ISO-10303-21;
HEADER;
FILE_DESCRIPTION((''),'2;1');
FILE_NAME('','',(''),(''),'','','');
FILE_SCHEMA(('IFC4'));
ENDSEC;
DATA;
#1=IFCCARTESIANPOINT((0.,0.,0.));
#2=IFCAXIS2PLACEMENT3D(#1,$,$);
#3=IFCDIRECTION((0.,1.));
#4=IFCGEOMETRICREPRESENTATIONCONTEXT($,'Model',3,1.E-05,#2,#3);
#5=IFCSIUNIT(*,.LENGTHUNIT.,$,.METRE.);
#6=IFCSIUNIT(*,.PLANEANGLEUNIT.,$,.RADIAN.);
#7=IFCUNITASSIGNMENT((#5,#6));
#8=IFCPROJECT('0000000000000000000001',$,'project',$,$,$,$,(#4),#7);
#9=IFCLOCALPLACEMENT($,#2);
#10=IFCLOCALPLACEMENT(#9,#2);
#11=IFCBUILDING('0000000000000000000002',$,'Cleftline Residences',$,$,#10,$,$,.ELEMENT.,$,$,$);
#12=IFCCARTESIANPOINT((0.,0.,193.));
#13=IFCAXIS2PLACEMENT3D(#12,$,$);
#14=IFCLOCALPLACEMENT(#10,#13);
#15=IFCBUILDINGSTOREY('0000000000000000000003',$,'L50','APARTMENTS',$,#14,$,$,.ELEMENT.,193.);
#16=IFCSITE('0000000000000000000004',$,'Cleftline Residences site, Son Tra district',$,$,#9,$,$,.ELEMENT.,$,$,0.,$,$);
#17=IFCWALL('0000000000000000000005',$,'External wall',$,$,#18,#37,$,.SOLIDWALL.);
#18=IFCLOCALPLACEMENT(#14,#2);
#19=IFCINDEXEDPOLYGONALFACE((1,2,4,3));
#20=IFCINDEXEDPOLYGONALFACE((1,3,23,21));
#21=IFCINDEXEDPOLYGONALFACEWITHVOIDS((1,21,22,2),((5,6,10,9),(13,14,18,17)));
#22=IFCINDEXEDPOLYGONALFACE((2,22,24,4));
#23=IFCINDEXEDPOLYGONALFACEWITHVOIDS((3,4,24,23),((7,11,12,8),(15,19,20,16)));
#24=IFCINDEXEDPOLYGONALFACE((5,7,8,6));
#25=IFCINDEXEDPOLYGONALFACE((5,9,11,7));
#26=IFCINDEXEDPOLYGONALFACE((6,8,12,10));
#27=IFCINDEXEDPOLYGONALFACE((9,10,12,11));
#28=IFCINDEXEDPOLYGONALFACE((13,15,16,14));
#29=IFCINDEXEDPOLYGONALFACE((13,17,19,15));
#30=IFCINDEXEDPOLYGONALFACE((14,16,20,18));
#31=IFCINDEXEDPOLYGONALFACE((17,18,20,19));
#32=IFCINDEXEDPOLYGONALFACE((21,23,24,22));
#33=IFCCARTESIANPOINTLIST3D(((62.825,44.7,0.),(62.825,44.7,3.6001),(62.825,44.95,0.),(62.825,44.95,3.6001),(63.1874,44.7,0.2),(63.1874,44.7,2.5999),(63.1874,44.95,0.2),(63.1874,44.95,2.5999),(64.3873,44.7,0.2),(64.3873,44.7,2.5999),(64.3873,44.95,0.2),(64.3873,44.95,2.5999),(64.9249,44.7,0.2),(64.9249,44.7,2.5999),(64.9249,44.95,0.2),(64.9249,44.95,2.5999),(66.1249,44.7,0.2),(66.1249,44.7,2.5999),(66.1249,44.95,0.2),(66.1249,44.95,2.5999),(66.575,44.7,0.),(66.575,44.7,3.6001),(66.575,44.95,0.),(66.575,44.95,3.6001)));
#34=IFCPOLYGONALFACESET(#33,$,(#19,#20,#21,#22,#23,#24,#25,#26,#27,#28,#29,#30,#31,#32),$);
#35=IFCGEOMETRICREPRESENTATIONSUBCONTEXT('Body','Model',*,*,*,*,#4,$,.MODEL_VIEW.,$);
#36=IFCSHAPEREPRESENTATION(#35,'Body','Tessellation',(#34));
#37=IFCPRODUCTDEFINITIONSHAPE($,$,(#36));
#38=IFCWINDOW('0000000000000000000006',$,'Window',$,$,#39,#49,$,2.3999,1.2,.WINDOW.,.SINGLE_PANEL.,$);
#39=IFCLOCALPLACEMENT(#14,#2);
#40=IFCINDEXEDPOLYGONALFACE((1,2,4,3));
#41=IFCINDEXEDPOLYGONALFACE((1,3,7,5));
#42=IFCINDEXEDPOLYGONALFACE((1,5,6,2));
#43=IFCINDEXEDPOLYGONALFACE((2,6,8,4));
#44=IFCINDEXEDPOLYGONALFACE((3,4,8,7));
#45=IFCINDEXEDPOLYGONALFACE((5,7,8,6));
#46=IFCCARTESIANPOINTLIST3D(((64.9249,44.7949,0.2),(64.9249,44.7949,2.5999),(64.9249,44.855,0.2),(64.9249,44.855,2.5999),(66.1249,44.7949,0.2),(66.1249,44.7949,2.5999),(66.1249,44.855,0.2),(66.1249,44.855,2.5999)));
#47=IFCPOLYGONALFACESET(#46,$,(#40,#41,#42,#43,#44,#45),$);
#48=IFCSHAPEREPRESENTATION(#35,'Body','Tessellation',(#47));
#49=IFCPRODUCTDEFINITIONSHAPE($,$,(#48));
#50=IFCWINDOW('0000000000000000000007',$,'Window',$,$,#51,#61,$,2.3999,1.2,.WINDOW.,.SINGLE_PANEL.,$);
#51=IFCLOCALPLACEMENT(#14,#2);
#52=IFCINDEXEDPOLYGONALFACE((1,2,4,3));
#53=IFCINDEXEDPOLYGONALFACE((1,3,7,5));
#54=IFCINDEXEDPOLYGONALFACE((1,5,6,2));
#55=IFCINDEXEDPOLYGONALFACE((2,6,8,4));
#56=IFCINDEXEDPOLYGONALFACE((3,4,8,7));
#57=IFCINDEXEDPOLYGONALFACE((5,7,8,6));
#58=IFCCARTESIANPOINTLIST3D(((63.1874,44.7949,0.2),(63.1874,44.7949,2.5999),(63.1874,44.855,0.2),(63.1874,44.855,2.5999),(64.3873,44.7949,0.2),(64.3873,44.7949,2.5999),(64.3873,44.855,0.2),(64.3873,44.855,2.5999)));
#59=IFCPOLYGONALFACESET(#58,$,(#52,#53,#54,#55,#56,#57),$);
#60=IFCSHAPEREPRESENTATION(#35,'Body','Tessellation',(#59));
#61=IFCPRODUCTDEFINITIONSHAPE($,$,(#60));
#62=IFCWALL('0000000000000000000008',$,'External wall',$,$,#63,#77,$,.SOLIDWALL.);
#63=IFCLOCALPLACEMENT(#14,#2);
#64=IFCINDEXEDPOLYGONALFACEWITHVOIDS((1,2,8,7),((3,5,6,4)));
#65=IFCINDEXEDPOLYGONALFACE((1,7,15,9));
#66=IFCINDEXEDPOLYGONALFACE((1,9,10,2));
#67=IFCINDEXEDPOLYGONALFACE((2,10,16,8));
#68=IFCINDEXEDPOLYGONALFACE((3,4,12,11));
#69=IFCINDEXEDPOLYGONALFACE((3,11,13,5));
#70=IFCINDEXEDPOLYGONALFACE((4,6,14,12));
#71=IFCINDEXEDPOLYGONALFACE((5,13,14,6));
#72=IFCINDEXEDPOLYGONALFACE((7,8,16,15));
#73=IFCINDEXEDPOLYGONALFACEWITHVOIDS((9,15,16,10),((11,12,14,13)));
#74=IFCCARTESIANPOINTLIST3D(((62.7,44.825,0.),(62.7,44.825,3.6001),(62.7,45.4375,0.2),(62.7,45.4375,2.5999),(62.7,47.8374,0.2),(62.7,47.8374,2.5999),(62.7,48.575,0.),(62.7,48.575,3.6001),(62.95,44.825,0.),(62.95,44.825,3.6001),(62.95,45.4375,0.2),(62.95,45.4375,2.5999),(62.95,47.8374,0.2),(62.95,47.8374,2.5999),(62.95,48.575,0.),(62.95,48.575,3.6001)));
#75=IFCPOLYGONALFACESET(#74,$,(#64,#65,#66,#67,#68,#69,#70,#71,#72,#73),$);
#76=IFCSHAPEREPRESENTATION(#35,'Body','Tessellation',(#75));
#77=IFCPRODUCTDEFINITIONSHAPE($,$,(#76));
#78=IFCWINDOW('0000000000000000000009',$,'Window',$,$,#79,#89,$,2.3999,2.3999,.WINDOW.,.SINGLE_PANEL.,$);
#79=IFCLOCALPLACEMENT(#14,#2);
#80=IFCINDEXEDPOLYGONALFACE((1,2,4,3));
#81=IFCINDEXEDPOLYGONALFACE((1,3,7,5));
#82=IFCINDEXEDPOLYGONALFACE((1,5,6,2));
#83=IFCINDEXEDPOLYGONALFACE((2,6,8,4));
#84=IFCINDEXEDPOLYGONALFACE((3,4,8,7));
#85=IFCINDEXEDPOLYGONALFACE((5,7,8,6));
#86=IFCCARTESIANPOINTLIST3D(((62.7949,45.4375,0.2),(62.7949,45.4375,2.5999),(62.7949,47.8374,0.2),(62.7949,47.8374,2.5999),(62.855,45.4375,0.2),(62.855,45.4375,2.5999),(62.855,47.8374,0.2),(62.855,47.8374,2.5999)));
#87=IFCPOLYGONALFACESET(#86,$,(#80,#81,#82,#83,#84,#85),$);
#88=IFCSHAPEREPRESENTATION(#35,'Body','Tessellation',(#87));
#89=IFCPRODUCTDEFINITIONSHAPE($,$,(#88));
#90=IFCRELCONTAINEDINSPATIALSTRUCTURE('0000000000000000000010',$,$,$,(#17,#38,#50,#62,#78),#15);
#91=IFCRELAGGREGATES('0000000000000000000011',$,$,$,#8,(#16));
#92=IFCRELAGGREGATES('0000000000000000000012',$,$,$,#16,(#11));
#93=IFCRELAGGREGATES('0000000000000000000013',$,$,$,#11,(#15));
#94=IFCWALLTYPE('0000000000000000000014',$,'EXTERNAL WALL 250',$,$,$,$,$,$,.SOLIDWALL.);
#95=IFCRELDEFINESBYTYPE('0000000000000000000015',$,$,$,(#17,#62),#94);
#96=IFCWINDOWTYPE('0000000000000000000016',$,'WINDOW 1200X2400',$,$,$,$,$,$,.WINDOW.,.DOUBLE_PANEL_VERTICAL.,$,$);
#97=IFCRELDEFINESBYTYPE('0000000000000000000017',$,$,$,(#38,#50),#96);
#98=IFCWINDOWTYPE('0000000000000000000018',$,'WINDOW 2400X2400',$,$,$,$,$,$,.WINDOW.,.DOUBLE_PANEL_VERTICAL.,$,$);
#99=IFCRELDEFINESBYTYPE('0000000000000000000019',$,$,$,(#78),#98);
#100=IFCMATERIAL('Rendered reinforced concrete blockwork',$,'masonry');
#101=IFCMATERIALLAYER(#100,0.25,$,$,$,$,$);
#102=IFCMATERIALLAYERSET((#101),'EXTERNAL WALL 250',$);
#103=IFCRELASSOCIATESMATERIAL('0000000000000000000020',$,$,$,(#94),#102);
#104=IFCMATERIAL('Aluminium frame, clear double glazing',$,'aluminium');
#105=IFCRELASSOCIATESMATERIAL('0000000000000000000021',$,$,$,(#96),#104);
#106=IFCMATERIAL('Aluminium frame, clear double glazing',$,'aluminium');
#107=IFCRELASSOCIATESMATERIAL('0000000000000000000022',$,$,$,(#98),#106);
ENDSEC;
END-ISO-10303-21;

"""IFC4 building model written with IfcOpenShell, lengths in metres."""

from ifc_helpers import new_model, si_unit, direction, frame, frame_2d, origin, place, context, subcontext, project, spatial, rectangle, extrude, material, layer, layer_set, type_object, element, fill, save


model = new_model("IFC4")

# Units and contexts
model_context = context("Model", 3, precision=1e-05, world=origin(), true_north=direction((0.0, 1.0)))
body_context = subcontext(model_context, "Body", "Model", "MODEL_VIEW")
ifc_project = project(units=[si_unit("LENGTHUNIT", "METRE"), si_unit("PLANEANGLEUNIT", "RADIAN")], contexts=[model_context])

# Site, building, storey
site_placement = place(None, origin())
site = spatial("IfcSite", under=ifc_project, at=site_placement, Name="Cleftline Residences site, Son Tra district", CompositionType="ELEMENT", RefElevation=0.0)
building_placement = place(site_placement, origin())
building = spatial("IfcBuilding", under=site, at=building_placement, Name="Cleftline Residences", CompositionType="ELEMENT")
storey_placement = place(building_placement, frame((0.0, 0.0, 193.0)))
storey = spatial("IfcBuildingStorey", under=building, at=storey_placement, Name="L50", Description="APARTMENTS", CompositionType="ELEMENT", Elevation=193.0)

# Wall, openings, windows
ifc_material_1 = material(Name="Rendered reinforced concrete blockwork", Category="masonry")
ifc_layer_1 = layer(ifc_material_1, 0.25)
ifc_layer_set_1 = layer_set([ifc_layer_1], Name="EXTERNAL WALL 250")
wall_type_1 = type_object("IfcWallType", Name="EXTERNAL WALL 250", PredefinedType="SOLIDWALL", material=ifc_layer_set_1)
wall_1_placement = place(storey_placement, frame((66.575, 44.825, 0.0), z_axis=(0.0, 0.0, 1.0), x_axis=(-1.0, 0.0, 0.0)))
wall_1 = element("IfcWall", 1, at=wall_1_placement, inside=storey, type_object=wall_type_1, Name="External wall", PredefinedType="SOLIDWALL", context=body_context, shape_type="SweptSolid", body=[
    extrude(rectangle(XDim=3.75, YDim=0.25, at=frame_2d((1.875, 0.0))), origin(), (0.0, 0.0, 1.0), 3.6001),
])
opening_1_placement = place(wall_1_placement, frame((0.45, 0.0, 0.2)))
opening_1 = element("IfcOpeningElement", 2, at=opening_1_placement, cuts=wall_1, PredefinedType="OPENING", context=body_context, shape_type="SweptSolid", body=[
    extrude(rectangle(XDim=1.2, YDim=2.3999, at=frame_2d((0.6001, 1.2))), frame((0.0, 0.135, 0.0), z_axis=(0.0, -1.0, 0.0), x_axis=(1.0, 0.0, 0.0)), (0.0, 0.0, 1.0), 0.27),
])
opening_2_placement = place(wall_1_placement, frame((2.1875, 0.0, 0.2)))
opening_2 = element("IfcOpeningElement", 3, at=opening_2_placement, cuts=wall_1, PredefinedType="OPENING", context=body_context, shape_type="SweptSolid", body=[
    extrude(rectangle(XDim=1.2, YDim=2.3999, at=frame_2d((0.6001, 1.2))), frame((0.0, 0.135, 0.0), z_axis=(0.0, -1.0, 0.0), x_axis=(1.0, 0.0, 0.0)), (0.0, 0.0, 1.0), 0.27),
])
ifc_material_2 = material(Name="Aluminium frame, clear double glazing", Category="aluminium")
window_type_1 = type_object("IfcWindowType", Name="WINDOW 1200X2400", PartitioningType="DOUBLE_PANEL_VERTICAL", PredefinedType="WINDOW", material=ifc_material_2)
window_1_placement = place(opening_1_placement, origin())
window_1 = element("IfcWindow", 4, at=window_1_placement, inside=storey, type_object=window_type_1, Name="Window", OverallHeight=2.3999, OverallWidth=1.2, PartitioningType="SINGLE_PANEL", PredefinedType="WINDOW", context=body_context, shape_type="SweptSolid", body=[
    extrude(rectangle(XDim=1.2, YDim=2.3999, at=frame_2d((0.6001, 1.2))), frame((0.0, 0.03, 0.0), z_axis=(0.0, -1.0, 0.0), x_axis=(1.0, 0.0, 0.0)), (0.0, 0.0, 1.0), 0.0601),
])
fill(opening_1, window_1)
window_2_placement = place(opening_2_placement, origin())
window_2 = element("IfcWindow", 5, at=window_2_placement, inside=storey, type_object=window_type_1, Name="Window", OverallHeight=2.3999, OverallWidth=1.2, PartitioningType="SINGLE_PANEL", PredefinedType="WINDOW", context=body_context, shape_type="SweptSolid", body=[
    extrude(rectangle(XDim=1.2, YDim=2.3999, at=frame_2d((0.6001, 1.2))), frame((0.0, 0.03, 0.0), z_axis=(0.0, -1.0, 0.0), x_axis=(1.0, 0.0, 0.0)), (0.0, 0.0, 1.0), 0.0601),
])
fill(opening_2, window_2)

# Wall, opening, window
wall_2_placement = place(storey_placement, frame((62.825, 44.825, 0.0), z_axis=(0.0, 0.0, 1.0), x_axis=(0.0, 1.0, 0.0)))
wall_2 = element("IfcWall", 6, at=wall_2_placement, inside=storey, type_object=wall_type_1, Name="External wall", PredefinedType="SOLIDWALL", context=body_context, shape_type="SweptSolid", body=[
    extrude(rectangle(XDim=3.75, YDim=0.25, at=frame_2d((1.875, 0.0))), origin(), (0.0, 0.0, 1.0), 3.6001),
])
opening_3_placement = place(wall_2_placement, frame((0.6125, 0.0, 0.2)))
opening_3 = element("IfcOpeningElement", 7, at=opening_3_placement, cuts=wall_2, PredefinedType="OPENING", context=body_context, shape_type="SweptSolid", body=[
    extrude(rectangle(XDim=2.3999, YDim=2.3999, at=frame_2d((1.2, 1.2))), frame((0.0, 0.135, 0.0), z_axis=(0.0, -1.0, 0.0), x_axis=(1.0, 0.0, 0.0)), (0.0, 0.0, 1.0), 0.27),
])
ifc_material_3 = material(Name="Aluminium frame, clear double glazing", Category="aluminium")
window_type_2 = type_object("IfcWindowType", Name="WINDOW 2400X2400", PartitioningType="DOUBLE_PANEL_VERTICAL", PredefinedType="WINDOW", material=ifc_material_3)
window_3_placement = place(opening_3_placement, origin())
window_3 = element("IfcWindow", 8, at=window_3_placement, inside=storey, type_object=window_type_2, Name="Window", OverallHeight=2.3999, OverallWidth=2.3999, PartitioningType="SINGLE_PANEL", PredefinedType="WINDOW", context=body_context, shape_type="SweptSolid", body=[
    extrude(rectangle(XDim=2.3999, YDim=2.3999, at=frame_2d((1.2, 1.2))), frame((0.0, 0.03, 0.0), z_axis=(0.0, -1.0, 0.0), x_axis=(1.0, 0.0, 0.0)), (0.0, 0.0, 1.0), 0.0601),
])
fill(opening_3, window_3)

save(model, "model.ifc")
